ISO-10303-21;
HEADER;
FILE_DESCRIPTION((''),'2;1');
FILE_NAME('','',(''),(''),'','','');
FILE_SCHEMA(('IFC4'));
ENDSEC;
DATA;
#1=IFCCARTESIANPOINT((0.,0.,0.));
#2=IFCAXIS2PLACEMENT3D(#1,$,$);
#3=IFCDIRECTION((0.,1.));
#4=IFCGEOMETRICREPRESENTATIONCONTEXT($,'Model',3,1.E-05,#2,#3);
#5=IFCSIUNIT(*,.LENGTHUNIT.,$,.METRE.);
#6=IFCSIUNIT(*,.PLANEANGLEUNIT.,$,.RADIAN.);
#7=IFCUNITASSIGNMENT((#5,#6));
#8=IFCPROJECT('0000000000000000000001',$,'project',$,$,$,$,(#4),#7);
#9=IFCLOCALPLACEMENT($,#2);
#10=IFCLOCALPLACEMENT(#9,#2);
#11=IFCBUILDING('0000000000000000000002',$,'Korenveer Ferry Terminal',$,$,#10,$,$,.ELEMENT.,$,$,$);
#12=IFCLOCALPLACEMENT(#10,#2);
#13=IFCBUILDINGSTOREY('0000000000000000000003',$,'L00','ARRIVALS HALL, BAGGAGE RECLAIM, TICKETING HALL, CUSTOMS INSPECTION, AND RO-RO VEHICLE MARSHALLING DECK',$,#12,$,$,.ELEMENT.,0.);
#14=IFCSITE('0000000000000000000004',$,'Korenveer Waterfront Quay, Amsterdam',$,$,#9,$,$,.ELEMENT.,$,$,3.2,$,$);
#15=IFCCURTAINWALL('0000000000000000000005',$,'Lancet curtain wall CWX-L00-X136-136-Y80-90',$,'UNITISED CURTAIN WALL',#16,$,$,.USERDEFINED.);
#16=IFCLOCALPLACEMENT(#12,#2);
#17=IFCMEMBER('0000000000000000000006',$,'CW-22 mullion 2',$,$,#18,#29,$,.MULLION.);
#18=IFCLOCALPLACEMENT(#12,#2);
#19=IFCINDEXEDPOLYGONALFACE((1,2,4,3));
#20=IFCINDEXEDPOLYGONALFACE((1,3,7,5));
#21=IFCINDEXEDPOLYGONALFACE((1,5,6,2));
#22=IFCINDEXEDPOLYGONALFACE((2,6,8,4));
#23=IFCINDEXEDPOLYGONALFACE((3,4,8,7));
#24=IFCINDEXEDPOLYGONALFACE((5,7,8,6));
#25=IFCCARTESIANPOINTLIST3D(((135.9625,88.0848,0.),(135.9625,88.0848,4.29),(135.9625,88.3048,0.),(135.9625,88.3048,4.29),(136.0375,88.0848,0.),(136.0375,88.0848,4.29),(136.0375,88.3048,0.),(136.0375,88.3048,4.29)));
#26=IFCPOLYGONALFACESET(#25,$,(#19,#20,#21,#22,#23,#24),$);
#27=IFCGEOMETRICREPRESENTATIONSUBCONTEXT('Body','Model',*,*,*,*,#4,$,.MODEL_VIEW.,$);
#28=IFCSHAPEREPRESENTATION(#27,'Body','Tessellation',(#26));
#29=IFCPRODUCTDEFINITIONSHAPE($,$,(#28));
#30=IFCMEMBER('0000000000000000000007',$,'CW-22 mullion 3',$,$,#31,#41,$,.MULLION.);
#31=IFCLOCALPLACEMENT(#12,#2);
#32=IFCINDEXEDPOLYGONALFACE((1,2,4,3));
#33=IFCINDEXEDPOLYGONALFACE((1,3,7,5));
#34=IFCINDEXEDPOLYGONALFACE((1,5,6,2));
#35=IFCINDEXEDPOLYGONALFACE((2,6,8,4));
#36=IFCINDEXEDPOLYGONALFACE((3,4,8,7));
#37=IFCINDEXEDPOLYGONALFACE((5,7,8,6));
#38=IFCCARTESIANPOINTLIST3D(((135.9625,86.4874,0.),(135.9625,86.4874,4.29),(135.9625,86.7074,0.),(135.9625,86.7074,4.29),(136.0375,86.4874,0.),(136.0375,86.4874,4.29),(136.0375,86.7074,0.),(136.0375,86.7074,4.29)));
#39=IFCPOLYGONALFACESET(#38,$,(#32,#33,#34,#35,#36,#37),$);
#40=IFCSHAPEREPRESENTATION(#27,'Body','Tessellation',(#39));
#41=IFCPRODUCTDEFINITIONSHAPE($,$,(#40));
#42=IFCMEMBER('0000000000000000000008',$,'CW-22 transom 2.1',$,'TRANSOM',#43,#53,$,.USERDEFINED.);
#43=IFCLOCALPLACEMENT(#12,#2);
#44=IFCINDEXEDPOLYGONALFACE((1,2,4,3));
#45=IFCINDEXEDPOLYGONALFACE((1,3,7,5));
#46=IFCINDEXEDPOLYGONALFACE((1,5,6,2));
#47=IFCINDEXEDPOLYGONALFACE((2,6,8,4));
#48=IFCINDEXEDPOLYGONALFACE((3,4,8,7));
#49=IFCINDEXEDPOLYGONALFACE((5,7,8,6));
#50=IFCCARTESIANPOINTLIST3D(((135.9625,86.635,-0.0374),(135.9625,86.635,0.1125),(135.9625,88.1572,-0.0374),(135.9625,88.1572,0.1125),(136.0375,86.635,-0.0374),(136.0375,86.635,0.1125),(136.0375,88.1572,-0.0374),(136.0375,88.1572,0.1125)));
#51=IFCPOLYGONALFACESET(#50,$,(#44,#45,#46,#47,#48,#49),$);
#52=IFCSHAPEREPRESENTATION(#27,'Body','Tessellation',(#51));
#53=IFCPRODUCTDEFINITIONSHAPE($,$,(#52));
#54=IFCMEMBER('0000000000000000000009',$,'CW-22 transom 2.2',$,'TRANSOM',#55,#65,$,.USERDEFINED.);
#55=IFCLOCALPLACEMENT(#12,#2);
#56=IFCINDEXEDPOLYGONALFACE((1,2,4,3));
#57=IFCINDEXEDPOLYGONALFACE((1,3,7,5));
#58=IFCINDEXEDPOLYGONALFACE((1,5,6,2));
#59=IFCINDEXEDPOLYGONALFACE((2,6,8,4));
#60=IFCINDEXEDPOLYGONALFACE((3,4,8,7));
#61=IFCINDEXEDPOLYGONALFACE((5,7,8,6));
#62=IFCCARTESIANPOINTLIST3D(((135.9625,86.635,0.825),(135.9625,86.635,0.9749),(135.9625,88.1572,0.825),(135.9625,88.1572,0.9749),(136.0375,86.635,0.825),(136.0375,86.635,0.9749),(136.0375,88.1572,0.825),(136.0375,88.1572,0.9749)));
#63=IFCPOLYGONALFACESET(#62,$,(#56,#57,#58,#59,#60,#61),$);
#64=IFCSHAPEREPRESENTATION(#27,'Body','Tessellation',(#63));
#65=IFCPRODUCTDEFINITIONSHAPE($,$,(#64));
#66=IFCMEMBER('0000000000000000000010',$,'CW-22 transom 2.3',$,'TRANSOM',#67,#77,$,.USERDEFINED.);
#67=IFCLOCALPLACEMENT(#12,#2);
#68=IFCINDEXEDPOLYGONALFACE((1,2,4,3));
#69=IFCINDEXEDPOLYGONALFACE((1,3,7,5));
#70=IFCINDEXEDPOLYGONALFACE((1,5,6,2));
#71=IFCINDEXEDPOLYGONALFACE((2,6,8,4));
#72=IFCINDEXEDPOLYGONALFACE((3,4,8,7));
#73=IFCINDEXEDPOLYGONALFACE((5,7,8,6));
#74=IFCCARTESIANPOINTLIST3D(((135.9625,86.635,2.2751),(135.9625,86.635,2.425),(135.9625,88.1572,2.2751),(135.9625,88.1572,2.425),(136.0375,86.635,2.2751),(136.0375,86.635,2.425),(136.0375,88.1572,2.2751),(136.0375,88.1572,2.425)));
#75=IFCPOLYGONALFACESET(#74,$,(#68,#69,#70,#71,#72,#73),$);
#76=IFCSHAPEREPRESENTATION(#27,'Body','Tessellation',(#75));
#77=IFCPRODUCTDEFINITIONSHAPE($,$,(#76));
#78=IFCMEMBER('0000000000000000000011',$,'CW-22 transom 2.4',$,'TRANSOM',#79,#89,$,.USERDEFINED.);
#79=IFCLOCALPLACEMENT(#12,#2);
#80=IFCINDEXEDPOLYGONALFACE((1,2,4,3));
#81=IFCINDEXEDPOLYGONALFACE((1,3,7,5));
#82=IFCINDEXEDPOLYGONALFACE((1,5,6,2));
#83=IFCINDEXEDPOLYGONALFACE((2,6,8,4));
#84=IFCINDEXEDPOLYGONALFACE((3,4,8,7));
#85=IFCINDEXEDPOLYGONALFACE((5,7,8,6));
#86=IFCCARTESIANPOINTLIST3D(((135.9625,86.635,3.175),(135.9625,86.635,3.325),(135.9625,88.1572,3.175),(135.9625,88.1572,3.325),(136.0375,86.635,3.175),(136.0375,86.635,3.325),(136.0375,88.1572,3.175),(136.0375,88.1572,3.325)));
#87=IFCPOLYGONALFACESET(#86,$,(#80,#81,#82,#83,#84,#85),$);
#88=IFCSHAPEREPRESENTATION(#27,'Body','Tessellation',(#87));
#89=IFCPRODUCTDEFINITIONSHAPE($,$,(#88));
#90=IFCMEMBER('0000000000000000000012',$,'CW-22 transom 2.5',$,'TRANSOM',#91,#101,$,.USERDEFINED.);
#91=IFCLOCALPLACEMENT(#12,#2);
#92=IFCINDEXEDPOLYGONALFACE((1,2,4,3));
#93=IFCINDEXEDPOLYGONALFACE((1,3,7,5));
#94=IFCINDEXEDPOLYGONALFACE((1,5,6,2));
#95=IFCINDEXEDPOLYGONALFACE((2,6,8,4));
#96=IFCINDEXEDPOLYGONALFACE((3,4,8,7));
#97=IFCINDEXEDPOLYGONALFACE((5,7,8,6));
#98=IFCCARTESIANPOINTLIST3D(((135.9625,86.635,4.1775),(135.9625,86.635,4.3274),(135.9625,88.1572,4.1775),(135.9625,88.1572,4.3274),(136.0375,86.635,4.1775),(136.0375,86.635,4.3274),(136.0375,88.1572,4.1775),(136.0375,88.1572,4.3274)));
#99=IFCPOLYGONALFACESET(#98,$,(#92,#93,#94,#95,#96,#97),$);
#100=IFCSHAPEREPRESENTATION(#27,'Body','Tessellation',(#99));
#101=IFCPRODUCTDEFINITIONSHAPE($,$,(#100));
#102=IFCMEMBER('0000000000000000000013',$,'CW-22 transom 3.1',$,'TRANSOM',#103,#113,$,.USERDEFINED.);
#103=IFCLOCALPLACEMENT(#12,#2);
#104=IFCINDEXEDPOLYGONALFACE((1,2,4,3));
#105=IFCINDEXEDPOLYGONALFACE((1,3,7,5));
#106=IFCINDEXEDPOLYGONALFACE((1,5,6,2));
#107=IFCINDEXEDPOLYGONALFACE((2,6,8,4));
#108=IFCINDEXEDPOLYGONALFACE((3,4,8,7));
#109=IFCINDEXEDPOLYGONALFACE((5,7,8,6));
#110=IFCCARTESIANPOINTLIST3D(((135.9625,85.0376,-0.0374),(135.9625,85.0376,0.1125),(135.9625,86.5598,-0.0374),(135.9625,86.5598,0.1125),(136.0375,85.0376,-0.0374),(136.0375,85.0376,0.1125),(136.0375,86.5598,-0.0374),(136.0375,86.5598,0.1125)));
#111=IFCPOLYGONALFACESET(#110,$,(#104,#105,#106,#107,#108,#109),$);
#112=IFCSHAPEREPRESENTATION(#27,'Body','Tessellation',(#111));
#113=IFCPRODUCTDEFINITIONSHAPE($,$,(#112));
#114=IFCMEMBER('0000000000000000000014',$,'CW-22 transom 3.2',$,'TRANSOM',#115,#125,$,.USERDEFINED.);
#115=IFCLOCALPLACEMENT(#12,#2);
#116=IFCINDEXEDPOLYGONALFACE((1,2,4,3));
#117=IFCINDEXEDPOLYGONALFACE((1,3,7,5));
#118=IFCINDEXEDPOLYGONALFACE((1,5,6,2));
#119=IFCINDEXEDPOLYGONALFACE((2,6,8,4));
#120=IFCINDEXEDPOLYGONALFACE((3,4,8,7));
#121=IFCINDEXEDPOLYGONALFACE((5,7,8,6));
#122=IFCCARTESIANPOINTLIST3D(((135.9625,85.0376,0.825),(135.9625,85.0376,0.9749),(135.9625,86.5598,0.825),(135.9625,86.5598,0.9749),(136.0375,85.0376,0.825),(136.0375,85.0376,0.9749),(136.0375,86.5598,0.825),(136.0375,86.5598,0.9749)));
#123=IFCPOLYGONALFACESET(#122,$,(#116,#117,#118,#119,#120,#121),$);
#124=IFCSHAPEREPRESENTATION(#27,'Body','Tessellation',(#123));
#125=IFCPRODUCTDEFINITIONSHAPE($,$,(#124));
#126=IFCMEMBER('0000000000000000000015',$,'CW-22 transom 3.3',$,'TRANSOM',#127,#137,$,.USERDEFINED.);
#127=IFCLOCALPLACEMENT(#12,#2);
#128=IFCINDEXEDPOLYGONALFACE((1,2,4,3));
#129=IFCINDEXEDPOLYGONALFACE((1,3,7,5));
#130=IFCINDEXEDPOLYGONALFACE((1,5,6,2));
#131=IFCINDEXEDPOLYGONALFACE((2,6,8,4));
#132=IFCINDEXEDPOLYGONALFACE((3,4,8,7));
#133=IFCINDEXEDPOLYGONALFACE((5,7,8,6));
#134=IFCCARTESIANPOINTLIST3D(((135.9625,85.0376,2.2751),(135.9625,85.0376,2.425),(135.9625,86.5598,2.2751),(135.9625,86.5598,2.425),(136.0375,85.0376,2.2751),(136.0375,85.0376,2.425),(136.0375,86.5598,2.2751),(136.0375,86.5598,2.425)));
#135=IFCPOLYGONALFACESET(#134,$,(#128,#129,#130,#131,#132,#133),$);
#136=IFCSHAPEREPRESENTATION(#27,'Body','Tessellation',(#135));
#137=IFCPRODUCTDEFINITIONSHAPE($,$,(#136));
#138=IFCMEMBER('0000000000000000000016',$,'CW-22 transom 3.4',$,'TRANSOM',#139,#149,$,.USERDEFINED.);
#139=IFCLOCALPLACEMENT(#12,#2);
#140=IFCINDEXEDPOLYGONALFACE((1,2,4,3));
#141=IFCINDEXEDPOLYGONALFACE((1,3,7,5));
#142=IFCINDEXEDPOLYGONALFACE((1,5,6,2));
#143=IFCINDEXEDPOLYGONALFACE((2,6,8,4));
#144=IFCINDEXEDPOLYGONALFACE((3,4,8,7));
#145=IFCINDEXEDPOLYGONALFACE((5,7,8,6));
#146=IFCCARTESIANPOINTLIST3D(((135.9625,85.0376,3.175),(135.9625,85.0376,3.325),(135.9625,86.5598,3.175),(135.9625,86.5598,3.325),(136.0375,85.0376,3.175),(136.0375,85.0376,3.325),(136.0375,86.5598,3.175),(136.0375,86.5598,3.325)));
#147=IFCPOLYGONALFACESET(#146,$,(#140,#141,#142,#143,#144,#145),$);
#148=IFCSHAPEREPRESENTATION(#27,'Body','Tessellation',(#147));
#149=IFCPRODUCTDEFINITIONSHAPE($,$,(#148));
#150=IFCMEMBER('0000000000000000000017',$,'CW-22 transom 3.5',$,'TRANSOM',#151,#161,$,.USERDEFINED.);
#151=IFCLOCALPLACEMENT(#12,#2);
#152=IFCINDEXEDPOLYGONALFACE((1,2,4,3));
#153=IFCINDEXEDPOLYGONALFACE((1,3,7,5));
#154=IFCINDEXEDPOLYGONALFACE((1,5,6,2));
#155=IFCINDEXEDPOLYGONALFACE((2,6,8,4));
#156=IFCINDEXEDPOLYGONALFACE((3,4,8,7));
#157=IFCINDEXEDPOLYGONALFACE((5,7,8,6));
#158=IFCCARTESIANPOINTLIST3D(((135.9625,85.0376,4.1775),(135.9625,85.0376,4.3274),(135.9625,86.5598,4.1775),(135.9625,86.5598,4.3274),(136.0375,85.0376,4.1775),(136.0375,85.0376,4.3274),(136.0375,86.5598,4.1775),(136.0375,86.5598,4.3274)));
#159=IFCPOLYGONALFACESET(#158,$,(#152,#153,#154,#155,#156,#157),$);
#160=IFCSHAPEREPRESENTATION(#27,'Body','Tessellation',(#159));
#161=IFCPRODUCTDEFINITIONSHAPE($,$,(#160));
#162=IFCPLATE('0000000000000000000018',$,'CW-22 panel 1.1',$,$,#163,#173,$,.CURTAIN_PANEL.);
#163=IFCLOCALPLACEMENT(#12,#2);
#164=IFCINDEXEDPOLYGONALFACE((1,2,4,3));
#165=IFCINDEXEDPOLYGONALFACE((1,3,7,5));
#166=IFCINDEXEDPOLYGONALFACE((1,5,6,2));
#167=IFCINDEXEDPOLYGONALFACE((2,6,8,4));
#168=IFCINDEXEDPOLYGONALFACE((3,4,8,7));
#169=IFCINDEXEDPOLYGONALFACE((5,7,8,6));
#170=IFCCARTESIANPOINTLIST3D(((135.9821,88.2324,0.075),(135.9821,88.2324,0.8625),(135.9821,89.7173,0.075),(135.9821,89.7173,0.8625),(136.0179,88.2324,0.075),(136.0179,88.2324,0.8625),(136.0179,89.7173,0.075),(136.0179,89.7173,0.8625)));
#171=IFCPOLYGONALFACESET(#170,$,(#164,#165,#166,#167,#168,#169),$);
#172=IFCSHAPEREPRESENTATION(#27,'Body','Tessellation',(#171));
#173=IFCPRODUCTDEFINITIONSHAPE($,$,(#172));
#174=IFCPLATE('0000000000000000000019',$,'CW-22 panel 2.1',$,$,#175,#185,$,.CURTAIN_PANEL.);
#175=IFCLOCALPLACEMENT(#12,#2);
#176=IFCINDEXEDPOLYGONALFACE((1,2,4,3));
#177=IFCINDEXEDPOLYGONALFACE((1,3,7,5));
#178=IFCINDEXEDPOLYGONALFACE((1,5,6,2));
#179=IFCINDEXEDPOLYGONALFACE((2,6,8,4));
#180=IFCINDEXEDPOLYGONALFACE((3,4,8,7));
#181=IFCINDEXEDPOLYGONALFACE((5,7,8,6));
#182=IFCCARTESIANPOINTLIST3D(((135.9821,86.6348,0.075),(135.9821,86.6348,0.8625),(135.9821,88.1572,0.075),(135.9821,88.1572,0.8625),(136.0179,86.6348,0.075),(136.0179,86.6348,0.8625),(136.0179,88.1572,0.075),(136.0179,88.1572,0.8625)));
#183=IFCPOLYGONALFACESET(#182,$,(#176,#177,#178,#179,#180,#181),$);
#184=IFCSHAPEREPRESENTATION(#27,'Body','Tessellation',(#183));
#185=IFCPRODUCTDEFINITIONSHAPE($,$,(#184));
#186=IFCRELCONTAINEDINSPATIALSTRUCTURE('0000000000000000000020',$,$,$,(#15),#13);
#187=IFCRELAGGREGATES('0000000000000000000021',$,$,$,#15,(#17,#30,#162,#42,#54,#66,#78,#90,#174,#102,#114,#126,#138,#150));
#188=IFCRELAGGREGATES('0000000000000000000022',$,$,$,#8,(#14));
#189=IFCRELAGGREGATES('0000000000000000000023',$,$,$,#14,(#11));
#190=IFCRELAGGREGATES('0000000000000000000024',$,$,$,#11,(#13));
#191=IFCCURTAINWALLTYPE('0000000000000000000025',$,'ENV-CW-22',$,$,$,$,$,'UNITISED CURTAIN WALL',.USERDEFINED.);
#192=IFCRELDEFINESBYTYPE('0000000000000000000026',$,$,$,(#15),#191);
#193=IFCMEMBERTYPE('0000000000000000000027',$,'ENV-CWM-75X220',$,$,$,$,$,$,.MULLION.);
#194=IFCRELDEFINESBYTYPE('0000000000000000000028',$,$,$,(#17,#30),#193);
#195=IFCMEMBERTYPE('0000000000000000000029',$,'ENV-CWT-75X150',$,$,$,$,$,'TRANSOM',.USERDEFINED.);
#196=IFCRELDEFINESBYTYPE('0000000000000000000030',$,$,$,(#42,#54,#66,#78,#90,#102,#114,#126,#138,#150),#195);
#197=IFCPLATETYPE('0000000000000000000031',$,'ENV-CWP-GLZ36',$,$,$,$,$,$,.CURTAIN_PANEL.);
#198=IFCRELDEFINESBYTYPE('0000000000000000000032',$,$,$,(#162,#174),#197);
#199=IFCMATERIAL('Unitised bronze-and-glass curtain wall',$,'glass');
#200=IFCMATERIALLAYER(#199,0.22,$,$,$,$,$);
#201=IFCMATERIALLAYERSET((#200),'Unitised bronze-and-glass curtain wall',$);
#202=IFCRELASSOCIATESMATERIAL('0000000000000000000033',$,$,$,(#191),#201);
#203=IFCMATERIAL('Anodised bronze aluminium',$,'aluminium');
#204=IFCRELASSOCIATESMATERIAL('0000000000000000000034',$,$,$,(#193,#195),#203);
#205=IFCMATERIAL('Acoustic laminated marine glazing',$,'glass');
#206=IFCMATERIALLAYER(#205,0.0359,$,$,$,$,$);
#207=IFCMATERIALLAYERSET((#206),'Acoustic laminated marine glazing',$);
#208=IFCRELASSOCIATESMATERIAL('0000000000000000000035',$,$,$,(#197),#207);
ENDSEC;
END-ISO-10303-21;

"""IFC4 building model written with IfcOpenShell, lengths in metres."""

from ifc_helpers import new_model, si_unit, direction, frame, origin, origin_2d, place, context, subcontext, project, spatial, rectangle, extrude, material, layer, layer_set, material_profile, profile_set, type_object, element, aggregate, save


model = new_model("IFC4")

# Units and contexts
model_context = context("Model", 3, precision=1e-05, world=origin(), true_north=direction((0.0, 1.0)))
body_context = subcontext(model_context, "Body", "Model", "MODEL_VIEW")
ifc_project = project(units=[si_unit("LENGTHUNIT", "METRE"), si_unit("PLANEANGLEUNIT", "RADIAN")], contexts=[model_context])

# Site, building, storey
site_placement = place(None, origin())
site = spatial("IfcSite", under=ifc_project, at=site_placement, Name="Korenveer Waterfront Quay, Amsterdam", CompositionType="ELEMENT", RefElevation=3.2)
building_placement = place(site_placement, origin())
building = spatial("IfcBuilding", under=site, at=building_placement, Name="Korenveer Ferry Terminal", CompositionType="ELEMENT")
storey_placement = place(building_placement, origin())
storey = spatial("IfcBuildingStorey", under=building, at=storey_placement, Name="L00", Description="ARRIVALS HALL, BAGGAGE RECLAIM, TICKETING HALL, CUSTOMS INSPECTION, AND RO-RO VEHICLE MARSHALLING DECK", CompositionType="ELEMENT", Elevation=0.0)

# Curtain wall, members, plates
ifc_material_1 = material(Name="Unitised bronze-and-glass curtain wall", Category="glass")
ifc_layer_1 = layer(ifc_material_1, 0.22)
ifc_layer_set_1 = layer_set([ifc_layer_1], Name="Unitised bronze-and-glass curtain wall")
curtain_wall_type = type_object("IfcCurtainWallType", Name="ENV-CW-22", ElementType="UNITISED CURTAIN WALL", PredefinedType="USERDEFINED", material=ifc_layer_set_1)
curtain_wall_placement = place(storey_placement, frame((136.0, 89.7922, 0.0)))
curtain_wall = element("IfcCurtainWall", 1, at=curtain_wall_placement, inside=storey, type_object=curtain_wall_type, Name="Lancet curtain wall CWX-L00-X136-136-Y80-90", ObjectType="UNITISED CURTAIN WALL", PredefinedType="USERDEFINED")
ifc_material_2 = material(Name="Anodised bronze aluminium", Category="aluminium")
ifc_material_profile_1 = material_profile(ifc_material_2, rectangle(XDim=0.075, YDim=0.22, at=origin_2d()), Name="ALU 75x220")
ifc_profile_set_1 = profile_set([ifc_material_profile_1], Name="Anodised bronze aluminium")
member_type_1 = type_object("IfcMemberType", Name="ENV-CWM-75X220", PredefinedType="MULLION", material=ifc_profile_set_1)
member_1_placement = place(storey_placement, frame((136.0, 88.1948, 0.0), z_axis=(0.0, 0.0, 1.0), x_axis=(1.0, 0.0, 0.0)))
member_1 = element("IfcMember", 2, at=member_1_placement, type_object=member_type_1, Name="CW-22 mullion 2", PredefinedType="MULLION", context=body_context, shape_type="SweptSolid", body=[
    extrude(rectangle(XDim=0.075, YDim=0.22, at=origin_2d()), origin(), (0.0, 0.0, 1.0), 4.29),
])
member_2_placement = place(storey_placement, frame((136.0, 86.5974, 0.0), z_axis=(0.0, 0.0, 1.0), x_axis=(1.0, 0.0, 0.0)))
member_2 = element("IfcMember", 3, at=member_2_placement, type_object=member_type_1, Name="CW-22 mullion 3", PredefinedType="MULLION", context=body_context, shape_type="SweptSolid", body=[
    extrude(rectangle(XDim=0.075, YDim=0.22, at=origin_2d()), origin(), (0.0, 0.0, 1.0), 4.29),
])
ifc_material_profile_2 = material_profile(ifc_material_2, rectangle(XDim=0.075, YDim=0.1499, at=origin_2d()), Name="ALU 75x150")
ifc_profile_set_2 = profile_set([ifc_material_profile_2], Name="Anodised bronze aluminium")
member_type_2 = type_object("IfcMemberType", Name="ENV-CWT-75X150", ElementType="TRANSOM", PredefinedType="USERDEFINED", material=ifc_profile_set_2)
member_3_placement = place(storey_placement, frame((136.0, 88.1572, 0.0376), z_axis=(0.0, -1.0, 0.0), x_axis=(1.0, 0.0, 0.0)))
member_3 = element("IfcMember", 4, at=member_3_placement, type_object=member_type_2, Name="CW-22 transom 2.1", ObjectType="TRANSOM", PredefinedType="USERDEFINED", context=body_context, shape_type="SweptSolid", body=[
    extrude(rectangle(XDim=0.075, YDim=0.1499, at=origin_2d()), origin(), (0.0, 0.0, 1.0), 1.5222),
])
member_4_placement = place(storey_placement, frame((136.0, 88.1572, 0.8999), z_axis=(0.0, -1.0, 0.0), x_axis=(1.0, 0.0, 0.0)))
member_4 = element("IfcMember", 5, at=member_4_placement, type_object=member_type_2, Name="CW-22 transom 2.2", ObjectType="TRANSOM", PredefinedType="USERDEFINED", context=body_context, shape_type="SweptSolid", body=[
    extrude(rectangle(XDim=0.075, YDim=0.1499, at=origin_2d()), origin(), (0.0, 0.0, 1.0), 1.5222),
])
member_5_placement = place(storey_placement, frame((136.0, 88.1572, 2.3501), z_axis=(0.0, -1.0, 0.0), x_axis=(1.0, 0.0, 0.0)))
member_5 = element("IfcMember", 6, at=member_5_placement, type_object=member_type_2, Name="CW-22 transom 2.3", ObjectType="TRANSOM", PredefinedType="USERDEFINED", context=body_context, shape_type="SweptSolid", body=[
    extrude(rectangle(XDim=0.075, YDim=0.1499, at=origin_2d()), origin(), (0.0, 0.0, 1.0), 1.5222),
])
member_6_placement = place(storey_placement, frame((136.0, 88.1572, 3.25), z_axis=(0.0, -1.0, 0.0), x_axis=(1.0, 0.0, 0.0)))
member_6 = element("IfcMember", 7, at=member_6_placement, type_object=member_type_2, Name="CW-22 transom 2.4", ObjectType="TRANSOM", PredefinedType="USERDEFINED", context=body_context, shape_type="SweptSolid", body=[
    extrude(rectangle(XDim=0.075, YDim=0.1499, at=origin_2d()), origin(), (0.0, 0.0, 1.0), 1.5222),
])
member_7_placement = place(storey_placement, frame((136.0, 88.1572, 4.2524), z_axis=(0.0, -1.0, 0.0), x_axis=(1.0, 0.0, 0.0)))
member_7 = element("IfcMember", 8, at=member_7_placement, type_object=member_type_2, Name="CW-22 transom 2.5", ObjectType="TRANSOM", PredefinedType="USERDEFINED", context=body_context, shape_type="SweptSolid", body=[
    extrude(rectangle(XDim=0.075, YDim=0.1499, at=origin_2d()), origin(), (0.0, 0.0, 1.0), 1.5222),
])
member_8_placement = place(storey_placement, frame((136.0, 86.5598, 0.0376), z_axis=(0.0, -1.0, 0.0), x_axis=(1.0, 0.0, 0.0)))
member_8 = element("IfcMember", 9, at=member_8_placement, type_object=member_type_2, Name="CW-22 transom 3.1", ObjectType="TRANSOM", PredefinedType="USERDEFINED", context=body_context, shape_type="SweptSolid", body=[
    extrude(rectangle(XDim=0.075, YDim=0.1499, at=origin_2d()), origin(), (0.0, 0.0, 1.0), 1.5222),
])
member_9_placement = place(storey_placement, frame((136.0, 86.5598, 0.8999), z_axis=(0.0, -1.0, 0.0), x_axis=(1.0, 0.0, 0.0)))
member_9 = element("IfcMember", 10, at=member_9_placement, type_object=member_type_2, Name="CW-22 transom 3.2", ObjectType="TRANSOM", PredefinedType="USERDEFINED", context=body_context, shape_type="SweptSolid", body=[
    extrude(rectangle(XDim=0.075, YDim=0.1499, at=origin_2d()), origin(), (0.0, 0.0, 1.0), 1.5222),
])
member_10_placement = place(storey_placement, frame((136.0, 86.5598, 2.3501), z_axis=(0.0, -1.0, 0.0), x_axis=(1.0, 0.0, 0.0)))
member_10 = element("IfcMember", 11, at=member_10_placement, type_object=member_type_2, Name="CW-22 transom 3.3", ObjectType="TRANSOM", PredefinedType="USERDEFINED", context=body_context, shape_type="SweptSolid", body=[
    extrude(rectangle(XDim=0.075, YDim=0.1499, at=origin_2d()), origin(), (0.0, 0.0, 1.0), 1.5222),
])
member_11_placement = place(storey_placement, frame((136.0, 86.5598, 3.25), z_axis=(0.0, -1.0, 0.0), x_axis=(1.0, 0.0, 0.0)))
member_11 = element("IfcMember", 12, at=member_11_placement, type_object=member_type_2, Name="CW-22 transom 3.4", ObjectType="TRANSOM", PredefinedType="USERDEFINED", context=body_context, shape_type="SweptSolid", body=[
    extrude(rectangle(XDim=0.075, YDim=0.1499, at=origin_2d()), origin(), (0.0, 0.0, 1.0), 1.5222),
])
member_12_placement = place(storey_placement, frame((136.0, 86.5598, 4.2524), z_axis=(0.0, -1.0, 0.0), x_axis=(1.0, 0.0, 0.0)))
member_12 = element("IfcMember", 13, at=member_12_placement, type_object=member_type_2, Name="CW-22 transom 3.5", ObjectType="TRANSOM", PredefinedType="USERDEFINED", context=body_context, shape_type="SweptSolid", body=[
    extrude(rectangle(XDim=0.075, YDim=0.1499, at=origin_2d()), origin(), (0.0, 0.0, 1.0), 1.5222),
])
ifc_material_3 = material(Name="Acoustic laminated marine glazing", Category="glass")
ifc_layer_2 = layer(ifc_material_3, 0.0359)
ifc_layer_set_2 = layer_set([ifc_layer_2], Name="Acoustic laminated marine glazing")
plate_type = type_object("IfcPlateType", Name="ENV-CWP-GLZ36", PredefinedType="CURTAIN_PANEL", material=ifc_layer_set_2)
plate_1_placement = place(storey_placement, frame((136.0, 88.9749, 0.075), z_axis=(0.0, 0.0, 1.0), x_axis=(0.0, -1.0, 0.0)))
plate_1 = element("IfcPlate", 14, at=plate_1_placement, type_object=plate_type, Name="CW-22 panel 1.1", PredefinedType="CURTAIN_PANEL", context=body_context, shape_type="SweptSolid", body=[
    extrude(rectangle(XDim=1.4849, YDim=0.0359, at=origin_2d()), origin(), (0.0, 0.0, 1.0), 0.7876),
])
plate_2_placement = place(storey_placement, frame((136.0, 87.396, 0.075), z_axis=(0.0, 0.0, 1.0), x_axis=(0.0, -1.0, 0.0)))
plate_2 = element("IfcPlate", 15, at=plate_2_placement, type_object=plate_type, Name="CW-22 panel 2.1", PredefinedType="CURTAIN_PANEL", context=body_context, shape_type="SweptSolid", body=[
    extrude(rectangle(XDim=1.5225, YDim=0.0359, at=origin_2d()), origin(), (0.0, 0.0, 1.0), 0.7876),
])
aggregate(curtain_wall, [member_1, member_2, plate_1, member_3, member_4, member_5, member_6, member_7, plate_2, member_8, member_9, member_10, member_11, member_12])

save(model, "model.ifc")
